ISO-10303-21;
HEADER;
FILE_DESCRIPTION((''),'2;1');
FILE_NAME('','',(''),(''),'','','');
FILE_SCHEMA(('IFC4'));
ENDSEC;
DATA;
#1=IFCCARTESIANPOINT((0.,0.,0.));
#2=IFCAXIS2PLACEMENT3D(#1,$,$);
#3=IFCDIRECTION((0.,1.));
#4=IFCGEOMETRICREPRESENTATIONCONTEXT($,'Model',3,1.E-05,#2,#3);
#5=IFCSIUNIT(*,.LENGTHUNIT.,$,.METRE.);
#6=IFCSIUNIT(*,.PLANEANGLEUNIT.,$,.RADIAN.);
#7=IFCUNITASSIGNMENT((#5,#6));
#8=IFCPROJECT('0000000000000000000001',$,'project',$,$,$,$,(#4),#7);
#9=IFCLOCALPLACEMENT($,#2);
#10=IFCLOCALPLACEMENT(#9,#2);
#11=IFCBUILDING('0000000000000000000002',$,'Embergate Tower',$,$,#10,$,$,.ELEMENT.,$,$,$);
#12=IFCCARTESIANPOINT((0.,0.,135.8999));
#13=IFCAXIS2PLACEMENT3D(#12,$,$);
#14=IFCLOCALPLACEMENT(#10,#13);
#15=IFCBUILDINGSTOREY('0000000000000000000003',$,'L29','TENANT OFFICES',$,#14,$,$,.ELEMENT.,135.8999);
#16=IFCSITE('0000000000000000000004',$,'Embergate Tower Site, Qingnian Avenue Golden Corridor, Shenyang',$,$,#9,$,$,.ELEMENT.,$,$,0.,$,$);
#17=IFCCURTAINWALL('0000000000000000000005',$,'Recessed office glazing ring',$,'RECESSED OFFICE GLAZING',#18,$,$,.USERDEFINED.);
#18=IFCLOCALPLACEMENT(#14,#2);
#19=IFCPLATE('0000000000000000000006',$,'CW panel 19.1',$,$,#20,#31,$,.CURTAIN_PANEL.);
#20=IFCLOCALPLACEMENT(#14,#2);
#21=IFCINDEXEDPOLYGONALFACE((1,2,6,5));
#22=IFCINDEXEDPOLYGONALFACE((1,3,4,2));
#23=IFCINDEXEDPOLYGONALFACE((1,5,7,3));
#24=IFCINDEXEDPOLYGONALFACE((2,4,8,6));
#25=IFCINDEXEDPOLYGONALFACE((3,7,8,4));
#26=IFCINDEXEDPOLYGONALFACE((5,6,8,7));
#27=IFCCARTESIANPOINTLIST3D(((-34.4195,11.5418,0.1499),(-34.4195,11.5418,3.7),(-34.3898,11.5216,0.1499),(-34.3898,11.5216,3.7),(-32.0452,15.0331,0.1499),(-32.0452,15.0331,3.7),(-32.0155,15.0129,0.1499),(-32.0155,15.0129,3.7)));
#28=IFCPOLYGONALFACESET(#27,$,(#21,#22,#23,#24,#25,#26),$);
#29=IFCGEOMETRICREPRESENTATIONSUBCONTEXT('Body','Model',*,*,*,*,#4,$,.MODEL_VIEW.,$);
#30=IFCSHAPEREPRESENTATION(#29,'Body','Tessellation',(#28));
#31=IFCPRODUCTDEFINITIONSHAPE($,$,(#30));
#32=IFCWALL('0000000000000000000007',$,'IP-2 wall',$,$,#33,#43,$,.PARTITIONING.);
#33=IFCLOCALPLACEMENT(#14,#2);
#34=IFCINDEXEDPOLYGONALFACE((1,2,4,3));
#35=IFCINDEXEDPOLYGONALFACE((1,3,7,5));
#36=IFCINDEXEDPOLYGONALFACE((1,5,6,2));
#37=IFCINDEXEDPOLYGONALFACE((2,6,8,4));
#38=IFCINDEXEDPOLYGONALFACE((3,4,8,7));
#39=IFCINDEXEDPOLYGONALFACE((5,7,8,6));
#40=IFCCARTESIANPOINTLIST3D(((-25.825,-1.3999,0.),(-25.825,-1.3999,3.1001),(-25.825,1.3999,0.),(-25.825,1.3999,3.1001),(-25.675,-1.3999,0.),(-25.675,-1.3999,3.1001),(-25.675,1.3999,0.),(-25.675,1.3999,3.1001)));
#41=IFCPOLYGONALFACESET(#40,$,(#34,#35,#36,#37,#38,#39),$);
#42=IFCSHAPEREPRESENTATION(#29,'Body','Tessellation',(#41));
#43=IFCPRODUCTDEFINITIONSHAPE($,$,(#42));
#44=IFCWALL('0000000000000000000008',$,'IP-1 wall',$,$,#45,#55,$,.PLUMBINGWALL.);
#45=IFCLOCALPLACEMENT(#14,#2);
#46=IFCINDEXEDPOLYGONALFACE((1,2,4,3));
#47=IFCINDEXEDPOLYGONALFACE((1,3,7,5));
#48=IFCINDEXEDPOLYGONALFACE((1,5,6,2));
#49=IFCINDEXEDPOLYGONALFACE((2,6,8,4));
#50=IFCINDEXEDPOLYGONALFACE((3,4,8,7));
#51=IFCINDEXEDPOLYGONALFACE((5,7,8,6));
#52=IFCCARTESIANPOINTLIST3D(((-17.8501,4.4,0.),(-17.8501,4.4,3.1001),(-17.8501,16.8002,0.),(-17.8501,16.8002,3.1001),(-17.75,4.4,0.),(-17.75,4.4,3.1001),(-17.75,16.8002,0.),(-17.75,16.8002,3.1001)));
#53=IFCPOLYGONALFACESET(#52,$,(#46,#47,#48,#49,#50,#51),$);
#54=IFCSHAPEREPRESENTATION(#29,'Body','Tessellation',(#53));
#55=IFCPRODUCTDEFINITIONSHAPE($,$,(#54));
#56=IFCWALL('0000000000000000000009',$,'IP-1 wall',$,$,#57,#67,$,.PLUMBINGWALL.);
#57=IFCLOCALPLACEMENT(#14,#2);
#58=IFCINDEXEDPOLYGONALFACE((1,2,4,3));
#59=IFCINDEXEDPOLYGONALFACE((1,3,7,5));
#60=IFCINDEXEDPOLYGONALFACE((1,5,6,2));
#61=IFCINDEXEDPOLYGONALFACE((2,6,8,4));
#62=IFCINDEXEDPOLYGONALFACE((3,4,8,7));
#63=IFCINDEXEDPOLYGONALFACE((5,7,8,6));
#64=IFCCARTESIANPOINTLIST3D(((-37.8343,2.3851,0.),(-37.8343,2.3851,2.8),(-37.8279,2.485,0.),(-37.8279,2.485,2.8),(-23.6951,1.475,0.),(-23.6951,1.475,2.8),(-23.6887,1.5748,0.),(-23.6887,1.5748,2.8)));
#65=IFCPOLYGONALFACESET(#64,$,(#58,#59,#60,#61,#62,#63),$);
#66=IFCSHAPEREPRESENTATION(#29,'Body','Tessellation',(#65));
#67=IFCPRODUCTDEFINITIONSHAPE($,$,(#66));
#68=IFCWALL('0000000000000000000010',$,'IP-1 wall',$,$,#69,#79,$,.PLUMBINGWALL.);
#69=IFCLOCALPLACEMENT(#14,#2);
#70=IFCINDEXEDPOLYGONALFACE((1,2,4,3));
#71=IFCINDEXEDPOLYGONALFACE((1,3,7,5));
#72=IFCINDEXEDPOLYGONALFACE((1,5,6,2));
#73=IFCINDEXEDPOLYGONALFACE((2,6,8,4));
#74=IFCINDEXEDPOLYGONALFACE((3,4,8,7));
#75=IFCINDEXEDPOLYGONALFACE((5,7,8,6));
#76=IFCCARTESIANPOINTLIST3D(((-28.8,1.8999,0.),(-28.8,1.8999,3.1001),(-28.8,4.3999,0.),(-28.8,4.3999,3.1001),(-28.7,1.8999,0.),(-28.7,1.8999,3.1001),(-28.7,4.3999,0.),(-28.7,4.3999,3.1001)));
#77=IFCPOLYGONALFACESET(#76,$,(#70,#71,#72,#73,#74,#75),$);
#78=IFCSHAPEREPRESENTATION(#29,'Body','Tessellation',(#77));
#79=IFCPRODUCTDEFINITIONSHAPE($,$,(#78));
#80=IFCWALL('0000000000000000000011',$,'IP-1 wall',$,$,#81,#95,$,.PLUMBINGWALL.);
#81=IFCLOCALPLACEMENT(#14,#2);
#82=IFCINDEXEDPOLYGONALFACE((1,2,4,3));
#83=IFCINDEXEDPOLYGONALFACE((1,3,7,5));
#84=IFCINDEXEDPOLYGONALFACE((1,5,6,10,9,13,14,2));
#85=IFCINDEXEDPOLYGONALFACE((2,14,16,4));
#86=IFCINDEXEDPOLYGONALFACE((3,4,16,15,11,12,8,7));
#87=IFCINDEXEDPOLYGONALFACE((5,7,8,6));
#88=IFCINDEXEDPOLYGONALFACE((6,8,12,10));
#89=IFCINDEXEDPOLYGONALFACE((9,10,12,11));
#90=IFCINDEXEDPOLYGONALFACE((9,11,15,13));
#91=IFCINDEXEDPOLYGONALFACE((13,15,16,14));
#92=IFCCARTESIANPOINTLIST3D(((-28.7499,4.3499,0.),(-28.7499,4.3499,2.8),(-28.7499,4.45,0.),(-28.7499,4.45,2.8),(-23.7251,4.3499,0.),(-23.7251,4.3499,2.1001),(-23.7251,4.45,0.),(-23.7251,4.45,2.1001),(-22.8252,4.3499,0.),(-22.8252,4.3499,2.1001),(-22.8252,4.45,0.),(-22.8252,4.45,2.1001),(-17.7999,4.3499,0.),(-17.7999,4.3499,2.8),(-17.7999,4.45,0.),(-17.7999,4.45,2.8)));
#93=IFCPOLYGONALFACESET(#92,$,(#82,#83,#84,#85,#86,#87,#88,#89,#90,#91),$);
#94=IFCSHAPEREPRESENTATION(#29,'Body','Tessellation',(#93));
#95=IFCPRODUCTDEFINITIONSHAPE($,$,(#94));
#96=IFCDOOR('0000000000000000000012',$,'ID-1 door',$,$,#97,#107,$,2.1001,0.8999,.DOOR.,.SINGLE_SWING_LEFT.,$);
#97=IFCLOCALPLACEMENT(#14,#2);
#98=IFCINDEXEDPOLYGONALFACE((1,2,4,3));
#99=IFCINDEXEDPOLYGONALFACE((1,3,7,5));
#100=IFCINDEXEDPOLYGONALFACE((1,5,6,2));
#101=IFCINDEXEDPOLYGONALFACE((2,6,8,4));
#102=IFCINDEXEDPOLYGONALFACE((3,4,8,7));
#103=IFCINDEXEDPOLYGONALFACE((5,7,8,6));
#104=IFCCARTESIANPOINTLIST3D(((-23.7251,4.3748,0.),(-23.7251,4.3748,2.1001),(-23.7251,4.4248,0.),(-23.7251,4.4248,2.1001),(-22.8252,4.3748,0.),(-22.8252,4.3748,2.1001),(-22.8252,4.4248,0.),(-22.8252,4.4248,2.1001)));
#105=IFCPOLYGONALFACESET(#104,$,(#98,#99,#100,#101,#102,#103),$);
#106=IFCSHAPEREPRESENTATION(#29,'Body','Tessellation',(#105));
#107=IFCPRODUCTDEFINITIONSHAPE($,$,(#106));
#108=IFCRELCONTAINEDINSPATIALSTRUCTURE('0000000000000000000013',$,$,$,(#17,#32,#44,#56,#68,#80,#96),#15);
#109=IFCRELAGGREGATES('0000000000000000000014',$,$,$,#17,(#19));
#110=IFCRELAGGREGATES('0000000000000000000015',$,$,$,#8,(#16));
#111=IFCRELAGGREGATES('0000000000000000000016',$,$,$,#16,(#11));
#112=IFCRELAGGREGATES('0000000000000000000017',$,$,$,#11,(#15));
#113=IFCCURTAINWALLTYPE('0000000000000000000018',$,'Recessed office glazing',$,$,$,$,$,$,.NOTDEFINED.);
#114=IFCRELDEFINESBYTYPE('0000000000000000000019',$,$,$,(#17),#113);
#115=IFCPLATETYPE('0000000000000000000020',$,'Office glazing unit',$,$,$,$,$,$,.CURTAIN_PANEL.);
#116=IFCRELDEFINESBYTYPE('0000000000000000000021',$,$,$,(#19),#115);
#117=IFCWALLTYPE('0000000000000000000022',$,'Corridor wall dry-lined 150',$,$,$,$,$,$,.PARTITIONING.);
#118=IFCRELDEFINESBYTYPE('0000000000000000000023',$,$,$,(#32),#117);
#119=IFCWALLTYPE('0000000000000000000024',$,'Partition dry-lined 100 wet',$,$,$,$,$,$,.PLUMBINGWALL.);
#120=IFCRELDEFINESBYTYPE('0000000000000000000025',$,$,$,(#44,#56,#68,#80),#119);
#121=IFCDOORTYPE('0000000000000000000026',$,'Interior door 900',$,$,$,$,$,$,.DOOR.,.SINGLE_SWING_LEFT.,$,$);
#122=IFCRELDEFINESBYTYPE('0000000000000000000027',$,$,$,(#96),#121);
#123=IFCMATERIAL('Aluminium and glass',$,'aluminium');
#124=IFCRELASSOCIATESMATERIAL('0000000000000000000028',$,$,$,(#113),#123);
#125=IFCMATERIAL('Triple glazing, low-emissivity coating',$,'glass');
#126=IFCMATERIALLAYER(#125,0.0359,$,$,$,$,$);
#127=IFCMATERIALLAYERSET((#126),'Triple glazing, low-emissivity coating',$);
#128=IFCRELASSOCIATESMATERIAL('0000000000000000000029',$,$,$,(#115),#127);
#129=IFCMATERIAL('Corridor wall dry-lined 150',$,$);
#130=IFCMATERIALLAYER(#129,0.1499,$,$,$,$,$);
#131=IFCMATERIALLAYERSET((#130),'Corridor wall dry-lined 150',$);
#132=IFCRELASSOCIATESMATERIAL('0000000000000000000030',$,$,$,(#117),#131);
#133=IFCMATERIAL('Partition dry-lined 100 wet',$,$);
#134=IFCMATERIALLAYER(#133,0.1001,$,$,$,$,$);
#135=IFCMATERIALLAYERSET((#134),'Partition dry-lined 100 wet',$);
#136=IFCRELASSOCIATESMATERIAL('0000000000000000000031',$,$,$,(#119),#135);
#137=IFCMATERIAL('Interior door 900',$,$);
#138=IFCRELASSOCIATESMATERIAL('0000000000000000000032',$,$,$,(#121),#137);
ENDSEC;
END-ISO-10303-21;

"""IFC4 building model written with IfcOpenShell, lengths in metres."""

from ifc_helpers import new_model, si_unit, direction, frame, frame_2d, origin, origin_2d, place, context, subcontext, project, spatial, rectangle, extrude, source, transform, mapped, material, layer, layer_set, type_object, element, fill, aggregate, save


model = new_model("IFC4")

# Units and contexts
model_context = context("Model", 3, precision=1e-05, world=origin(), true_north=direction((0.0, 1.0)))
body_context = subcontext(model_context, "Body", "Model", "MODEL_VIEW")
ifc_project = project(units=[si_unit("LENGTHUNIT", "METRE"), si_unit("PLANEANGLEUNIT", "RADIAN")], contexts=[model_context])

# Site, building, storey
site_placement = place(None, origin())
site = spatial("IfcSite", under=ifc_project, at=site_placement, Name="Embergate Tower Site, Qingnian Avenue Golden Corridor, Shenyang", CompositionType="ELEMENT", RefElevation=0.0)
building_placement = place(site_placement, origin())
building = spatial("IfcBuilding", under=site, at=building_placement, Name="Embergate Tower", CompositionType="ELEMENT")
storey_placement = place(building_placement, frame((0.0, 0.0, 135.8999)))
storey = spatial("IfcBuildingStorey", under=building, at=storey_placement, Name="L29", Description="TENANT OFFICES", CompositionType="ELEMENT", Elevation=135.8999)

# Curtain wall, plate
ifc_material_1 = material(Name="Aluminium and glass", Category="aluminium")
curtain_wall_type = type_object("IfcCurtainWallType", Name="Recessed office glazing", PredefinedType="NOTDEFINED", material=ifc_material_1)
curtain_wall_placement = place(storey_placement, origin())
curtain_wall = element("IfcCurtainWall", 1, at=curtain_wall_placement, inside=storey, type_object=curtain_wall_type, Name="Recessed office glazing ring", ObjectType="RECESSED OFFICE GLAZING", PredefinedType="USERDEFINED")
ifc_material_2 = material(Name="Triple glazing, low-emissivity coating", Category="glass")
ifc_layer_1 = layer(ifc_material_2, 0.0359)
ifc_layer_set_1 = layer_set([ifc_layer_1], Name="Triple glazing, low-emissivity coating")
plate_type = type_object("IfcPlateType", Name="Office glazing unit", PredefinedType="CURTAIN_PANEL", material=ifc_layer_set_1)
shared_shape_1 = source(origin(), body_context, "Body", "SweptSolid", [
    extrude(rectangle(XDim=4.2222, YDim=0.0359, at=origin_2d()), origin(), (0.0, 0.0, 1.0), 3.55),
])
plate_1_placement = place(storey_placement, frame((-33.2175, 13.2773, 0.1499), z_axis=(0.0, 0.0, 1.0), x_axis=(-0.562345, -0.826903, 0.0)))
plate_1 = element("IfcPlate", 2, at=plate_1_placement, type_object=plate_type, Name="CW panel 19.1", PredefinedType="CURTAIN_PANEL", context=body_context, shape_type="MappedRepresentation", body=[
    mapped(shared_shape_1, transform((0.0, 0.0, 0.0))),
])
aggregate(curtain_wall, [plate_1])

# Walls
ifc_material_3 = material(Name="Corridor wall dry-lined 150")
ifc_layer_2 = layer(ifc_material_3, 0.1499)
ifc_layer_set_2 = layer_set([ifc_layer_2], Name="Corridor wall dry-lined 150")
wall_type_1 = type_object("IfcWallType", Name="Corridor wall dry-lined 150", PredefinedType="PARTITIONING", material=ifc_layer_set_2)
shared_shape_2 = source(origin(), body_context, "Body", "SweptSolid", [
    extrude(rectangle(XDim=2.7998, YDim=0.1499, at=frame_2d((1.3999, 0.0))), origin(), (0.0, 0.0, 1.0), 3.1001),
])
wall_1_placement = place(storey_placement, frame((-25.75, 1.3999, 0.0), z_axis=(0.0, 0.0, 1.0), x_axis=(0.0, -1.0, 0.0)))
element("IfcWall", 3, at=wall_1_placement, inside=storey, type_object=wall_type_1, Name="IP-2 wall", PredefinedType="PARTITIONING", context=body_context, shape_type="MappedRepresentation", body=[
    mapped(shared_shape_2, transform((0.0, 0.0, 0.0))),
])
ifc_material_4 = material(Name="Partition dry-lined 100 wet")
ifc_layer_3 = layer(ifc_material_4, 0.1001)
ifc_layer_set_3 = layer_set([ifc_layer_3], Name="Partition dry-lined 100 wet")
wall_type_2 = type_object("IfcWallType", Name="Partition dry-lined 100 wet", PredefinedType="PLUMBINGWALL", material=ifc_layer_set_3)
shared_shape_3 = source(origin(), body_context, "Body", "SweptSolid", [
    extrude(rectangle(XDim=12.4001, YDim=0.1001, at=frame_2d((6.2002, 0.0))), origin(), (0.0, 0.0, 1.0), 3.1001),
])
wall_2_placement = place(storey_placement, frame((-17.8, 4.3999, 0.0), z_axis=(0.0, 0.0, 1.0), x_axis=(0.0, 1.0, 0.0)))
element("IfcWall", 4, at=wall_2_placement, inside=storey, type_object=wall_type_2, Name="IP-1 wall", PredefinedType="PLUMBINGWALL", context=body_context, shape_type="MappedRepresentation", body=[
    mapped(shared_shape_3, transform((0.0, 0.0, 0.0))),
])
shared_shape_4 = source(origin(), body_context, "Body", "SweptSolid", [
    extrude(rectangle(XDim=14.1685, YDim=0.1001, at=frame_2d((7.0842, 0.0))), origin(), (0.0, 0.0, 1.0), 2.8),
])
wall_3_placement = place(storey_placement, frame((-23.6919, 1.5249, 0.0), z_axis=(0.0, 0.0, 1.0), x_axis=(-0.997935, 0.064238, 0.0)))
element("IfcWall", 5, at=wall_3_placement, inside=storey, type_object=wall_type_2, Name="IP-1 wall", PredefinedType="PLUMBINGWALL", context=body_context, shape_type="MappedRepresentation", body=[
    mapped(shared_shape_4, transform((0.0, 0.0, 0.0))),
])
shared_shape_5 = source(origin(), body_context, "Body", "SweptSolid", [
    extrude(rectangle(XDim=2.5, YDim=0.1001, at=frame_2d((1.25, 0.0))), origin(), (0.0, 0.0, 1.0), 3.1001),
])
wall_4_placement = place(storey_placement, frame((-28.75, 1.8999, 0.0), z_axis=(0.0, 0.0, 1.0), x_axis=(0.0, 1.0, 0.0)))
element("IfcWall", 6, at=wall_4_placement, inside=storey, type_object=wall_type_2, Name="IP-1 wall", PredefinedType="PLUMBINGWALL", context=body_context, shape_type="MappedRepresentation", body=[
    mapped(shared_shape_5, transform((0.0, 0.0, 0.0))),
])

# Wall, opening, door
shared_shape_6 = source(origin(), body_context, "Body", "SweptSolid", [
    extrude(rectangle(XDim=10.95, YDim=0.1001, at=frame_2d((5.4751, 0.0))), origin(), (0.0, 0.0, 1.0), 2.8),
])
wall_5_placement = place(storey_placement, frame((-28.75, 4.3999, 0.0), z_axis=(0.0, 0.0, 1.0), x_axis=(1.0, 0.0, 0.0)))
wall_5 = element("IfcWall", 7, at=wall_5_placement, inside=storey, type_object=wall_type_2, Name="IP-1 wall", PredefinedType="PLUMBINGWALL", context=body_context, shape_type="MappedRepresentation", body=[
    mapped(shared_shape_6, transform((0.0, 0.0, 0.0))),
])
shared_shape_7 = source(origin(), body_context, "Body", "SweptSolid", [
    extrude(rectangle(XDim=0.8999, YDim=2.1001, at=frame_2d((0.45, 1.05))), frame((0.0, 0.0601, 0.0), z_axis=(0.0, -1.0, 0.0), x_axis=(1.0, 0.0, 0.0)), (0.0, 0.0, 1.0), 0.1201),
])
opening_placement = place(wall_5_placement, frame((5.0249, 0.0, 0.0)))
opening = element("IfcOpeningElement", 8, at=opening_placement, cuts=wall_5, PredefinedType="OPENING", context=body_context, shape_type="MappedRepresentation", body=[
    mapped(shared_shape_7, transform((0.0, 0.0, 0.0))),
])
ifc_material_5 = material(Name="Interior door 900")
door_type = type_object("IfcDoorType", Name="Interior door 900", OperationType="SINGLE_SWING_LEFT", PredefinedType="DOOR", material=ifc_material_5)
shared_shape_8 = source(origin(), body_context, "Body", "SweptSolid", [
    extrude(rectangle(XDim=0.8999, YDim=2.1001, at=frame_2d((0.45, 1.05))), frame((0.0, 0.0249, 0.0), z_axis=(0.0, -1.0, 0.0), x_axis=(1.0, 0.0, 0.0)), (0.0, 0.0, 1.0), 0.05),
])
door_placement = place(opening_placement, origin())
door = element("IfcDoor", 9, at=door_placement, inside=storey, type_object=door_type, Name="ID-1 door", OperationType="SINGLE_SWING_LEFT", OverallHeight=2.1001, OverallWidth=0.8999, PredefinedType="DOOR", context=body_context, shape_type="MappedRepresentation", body=[
    mapped(shared_shape_8, transform((0.0, 0.0, 0.0))),
])
fill(opening, door)

save(model, "model.ifc")
